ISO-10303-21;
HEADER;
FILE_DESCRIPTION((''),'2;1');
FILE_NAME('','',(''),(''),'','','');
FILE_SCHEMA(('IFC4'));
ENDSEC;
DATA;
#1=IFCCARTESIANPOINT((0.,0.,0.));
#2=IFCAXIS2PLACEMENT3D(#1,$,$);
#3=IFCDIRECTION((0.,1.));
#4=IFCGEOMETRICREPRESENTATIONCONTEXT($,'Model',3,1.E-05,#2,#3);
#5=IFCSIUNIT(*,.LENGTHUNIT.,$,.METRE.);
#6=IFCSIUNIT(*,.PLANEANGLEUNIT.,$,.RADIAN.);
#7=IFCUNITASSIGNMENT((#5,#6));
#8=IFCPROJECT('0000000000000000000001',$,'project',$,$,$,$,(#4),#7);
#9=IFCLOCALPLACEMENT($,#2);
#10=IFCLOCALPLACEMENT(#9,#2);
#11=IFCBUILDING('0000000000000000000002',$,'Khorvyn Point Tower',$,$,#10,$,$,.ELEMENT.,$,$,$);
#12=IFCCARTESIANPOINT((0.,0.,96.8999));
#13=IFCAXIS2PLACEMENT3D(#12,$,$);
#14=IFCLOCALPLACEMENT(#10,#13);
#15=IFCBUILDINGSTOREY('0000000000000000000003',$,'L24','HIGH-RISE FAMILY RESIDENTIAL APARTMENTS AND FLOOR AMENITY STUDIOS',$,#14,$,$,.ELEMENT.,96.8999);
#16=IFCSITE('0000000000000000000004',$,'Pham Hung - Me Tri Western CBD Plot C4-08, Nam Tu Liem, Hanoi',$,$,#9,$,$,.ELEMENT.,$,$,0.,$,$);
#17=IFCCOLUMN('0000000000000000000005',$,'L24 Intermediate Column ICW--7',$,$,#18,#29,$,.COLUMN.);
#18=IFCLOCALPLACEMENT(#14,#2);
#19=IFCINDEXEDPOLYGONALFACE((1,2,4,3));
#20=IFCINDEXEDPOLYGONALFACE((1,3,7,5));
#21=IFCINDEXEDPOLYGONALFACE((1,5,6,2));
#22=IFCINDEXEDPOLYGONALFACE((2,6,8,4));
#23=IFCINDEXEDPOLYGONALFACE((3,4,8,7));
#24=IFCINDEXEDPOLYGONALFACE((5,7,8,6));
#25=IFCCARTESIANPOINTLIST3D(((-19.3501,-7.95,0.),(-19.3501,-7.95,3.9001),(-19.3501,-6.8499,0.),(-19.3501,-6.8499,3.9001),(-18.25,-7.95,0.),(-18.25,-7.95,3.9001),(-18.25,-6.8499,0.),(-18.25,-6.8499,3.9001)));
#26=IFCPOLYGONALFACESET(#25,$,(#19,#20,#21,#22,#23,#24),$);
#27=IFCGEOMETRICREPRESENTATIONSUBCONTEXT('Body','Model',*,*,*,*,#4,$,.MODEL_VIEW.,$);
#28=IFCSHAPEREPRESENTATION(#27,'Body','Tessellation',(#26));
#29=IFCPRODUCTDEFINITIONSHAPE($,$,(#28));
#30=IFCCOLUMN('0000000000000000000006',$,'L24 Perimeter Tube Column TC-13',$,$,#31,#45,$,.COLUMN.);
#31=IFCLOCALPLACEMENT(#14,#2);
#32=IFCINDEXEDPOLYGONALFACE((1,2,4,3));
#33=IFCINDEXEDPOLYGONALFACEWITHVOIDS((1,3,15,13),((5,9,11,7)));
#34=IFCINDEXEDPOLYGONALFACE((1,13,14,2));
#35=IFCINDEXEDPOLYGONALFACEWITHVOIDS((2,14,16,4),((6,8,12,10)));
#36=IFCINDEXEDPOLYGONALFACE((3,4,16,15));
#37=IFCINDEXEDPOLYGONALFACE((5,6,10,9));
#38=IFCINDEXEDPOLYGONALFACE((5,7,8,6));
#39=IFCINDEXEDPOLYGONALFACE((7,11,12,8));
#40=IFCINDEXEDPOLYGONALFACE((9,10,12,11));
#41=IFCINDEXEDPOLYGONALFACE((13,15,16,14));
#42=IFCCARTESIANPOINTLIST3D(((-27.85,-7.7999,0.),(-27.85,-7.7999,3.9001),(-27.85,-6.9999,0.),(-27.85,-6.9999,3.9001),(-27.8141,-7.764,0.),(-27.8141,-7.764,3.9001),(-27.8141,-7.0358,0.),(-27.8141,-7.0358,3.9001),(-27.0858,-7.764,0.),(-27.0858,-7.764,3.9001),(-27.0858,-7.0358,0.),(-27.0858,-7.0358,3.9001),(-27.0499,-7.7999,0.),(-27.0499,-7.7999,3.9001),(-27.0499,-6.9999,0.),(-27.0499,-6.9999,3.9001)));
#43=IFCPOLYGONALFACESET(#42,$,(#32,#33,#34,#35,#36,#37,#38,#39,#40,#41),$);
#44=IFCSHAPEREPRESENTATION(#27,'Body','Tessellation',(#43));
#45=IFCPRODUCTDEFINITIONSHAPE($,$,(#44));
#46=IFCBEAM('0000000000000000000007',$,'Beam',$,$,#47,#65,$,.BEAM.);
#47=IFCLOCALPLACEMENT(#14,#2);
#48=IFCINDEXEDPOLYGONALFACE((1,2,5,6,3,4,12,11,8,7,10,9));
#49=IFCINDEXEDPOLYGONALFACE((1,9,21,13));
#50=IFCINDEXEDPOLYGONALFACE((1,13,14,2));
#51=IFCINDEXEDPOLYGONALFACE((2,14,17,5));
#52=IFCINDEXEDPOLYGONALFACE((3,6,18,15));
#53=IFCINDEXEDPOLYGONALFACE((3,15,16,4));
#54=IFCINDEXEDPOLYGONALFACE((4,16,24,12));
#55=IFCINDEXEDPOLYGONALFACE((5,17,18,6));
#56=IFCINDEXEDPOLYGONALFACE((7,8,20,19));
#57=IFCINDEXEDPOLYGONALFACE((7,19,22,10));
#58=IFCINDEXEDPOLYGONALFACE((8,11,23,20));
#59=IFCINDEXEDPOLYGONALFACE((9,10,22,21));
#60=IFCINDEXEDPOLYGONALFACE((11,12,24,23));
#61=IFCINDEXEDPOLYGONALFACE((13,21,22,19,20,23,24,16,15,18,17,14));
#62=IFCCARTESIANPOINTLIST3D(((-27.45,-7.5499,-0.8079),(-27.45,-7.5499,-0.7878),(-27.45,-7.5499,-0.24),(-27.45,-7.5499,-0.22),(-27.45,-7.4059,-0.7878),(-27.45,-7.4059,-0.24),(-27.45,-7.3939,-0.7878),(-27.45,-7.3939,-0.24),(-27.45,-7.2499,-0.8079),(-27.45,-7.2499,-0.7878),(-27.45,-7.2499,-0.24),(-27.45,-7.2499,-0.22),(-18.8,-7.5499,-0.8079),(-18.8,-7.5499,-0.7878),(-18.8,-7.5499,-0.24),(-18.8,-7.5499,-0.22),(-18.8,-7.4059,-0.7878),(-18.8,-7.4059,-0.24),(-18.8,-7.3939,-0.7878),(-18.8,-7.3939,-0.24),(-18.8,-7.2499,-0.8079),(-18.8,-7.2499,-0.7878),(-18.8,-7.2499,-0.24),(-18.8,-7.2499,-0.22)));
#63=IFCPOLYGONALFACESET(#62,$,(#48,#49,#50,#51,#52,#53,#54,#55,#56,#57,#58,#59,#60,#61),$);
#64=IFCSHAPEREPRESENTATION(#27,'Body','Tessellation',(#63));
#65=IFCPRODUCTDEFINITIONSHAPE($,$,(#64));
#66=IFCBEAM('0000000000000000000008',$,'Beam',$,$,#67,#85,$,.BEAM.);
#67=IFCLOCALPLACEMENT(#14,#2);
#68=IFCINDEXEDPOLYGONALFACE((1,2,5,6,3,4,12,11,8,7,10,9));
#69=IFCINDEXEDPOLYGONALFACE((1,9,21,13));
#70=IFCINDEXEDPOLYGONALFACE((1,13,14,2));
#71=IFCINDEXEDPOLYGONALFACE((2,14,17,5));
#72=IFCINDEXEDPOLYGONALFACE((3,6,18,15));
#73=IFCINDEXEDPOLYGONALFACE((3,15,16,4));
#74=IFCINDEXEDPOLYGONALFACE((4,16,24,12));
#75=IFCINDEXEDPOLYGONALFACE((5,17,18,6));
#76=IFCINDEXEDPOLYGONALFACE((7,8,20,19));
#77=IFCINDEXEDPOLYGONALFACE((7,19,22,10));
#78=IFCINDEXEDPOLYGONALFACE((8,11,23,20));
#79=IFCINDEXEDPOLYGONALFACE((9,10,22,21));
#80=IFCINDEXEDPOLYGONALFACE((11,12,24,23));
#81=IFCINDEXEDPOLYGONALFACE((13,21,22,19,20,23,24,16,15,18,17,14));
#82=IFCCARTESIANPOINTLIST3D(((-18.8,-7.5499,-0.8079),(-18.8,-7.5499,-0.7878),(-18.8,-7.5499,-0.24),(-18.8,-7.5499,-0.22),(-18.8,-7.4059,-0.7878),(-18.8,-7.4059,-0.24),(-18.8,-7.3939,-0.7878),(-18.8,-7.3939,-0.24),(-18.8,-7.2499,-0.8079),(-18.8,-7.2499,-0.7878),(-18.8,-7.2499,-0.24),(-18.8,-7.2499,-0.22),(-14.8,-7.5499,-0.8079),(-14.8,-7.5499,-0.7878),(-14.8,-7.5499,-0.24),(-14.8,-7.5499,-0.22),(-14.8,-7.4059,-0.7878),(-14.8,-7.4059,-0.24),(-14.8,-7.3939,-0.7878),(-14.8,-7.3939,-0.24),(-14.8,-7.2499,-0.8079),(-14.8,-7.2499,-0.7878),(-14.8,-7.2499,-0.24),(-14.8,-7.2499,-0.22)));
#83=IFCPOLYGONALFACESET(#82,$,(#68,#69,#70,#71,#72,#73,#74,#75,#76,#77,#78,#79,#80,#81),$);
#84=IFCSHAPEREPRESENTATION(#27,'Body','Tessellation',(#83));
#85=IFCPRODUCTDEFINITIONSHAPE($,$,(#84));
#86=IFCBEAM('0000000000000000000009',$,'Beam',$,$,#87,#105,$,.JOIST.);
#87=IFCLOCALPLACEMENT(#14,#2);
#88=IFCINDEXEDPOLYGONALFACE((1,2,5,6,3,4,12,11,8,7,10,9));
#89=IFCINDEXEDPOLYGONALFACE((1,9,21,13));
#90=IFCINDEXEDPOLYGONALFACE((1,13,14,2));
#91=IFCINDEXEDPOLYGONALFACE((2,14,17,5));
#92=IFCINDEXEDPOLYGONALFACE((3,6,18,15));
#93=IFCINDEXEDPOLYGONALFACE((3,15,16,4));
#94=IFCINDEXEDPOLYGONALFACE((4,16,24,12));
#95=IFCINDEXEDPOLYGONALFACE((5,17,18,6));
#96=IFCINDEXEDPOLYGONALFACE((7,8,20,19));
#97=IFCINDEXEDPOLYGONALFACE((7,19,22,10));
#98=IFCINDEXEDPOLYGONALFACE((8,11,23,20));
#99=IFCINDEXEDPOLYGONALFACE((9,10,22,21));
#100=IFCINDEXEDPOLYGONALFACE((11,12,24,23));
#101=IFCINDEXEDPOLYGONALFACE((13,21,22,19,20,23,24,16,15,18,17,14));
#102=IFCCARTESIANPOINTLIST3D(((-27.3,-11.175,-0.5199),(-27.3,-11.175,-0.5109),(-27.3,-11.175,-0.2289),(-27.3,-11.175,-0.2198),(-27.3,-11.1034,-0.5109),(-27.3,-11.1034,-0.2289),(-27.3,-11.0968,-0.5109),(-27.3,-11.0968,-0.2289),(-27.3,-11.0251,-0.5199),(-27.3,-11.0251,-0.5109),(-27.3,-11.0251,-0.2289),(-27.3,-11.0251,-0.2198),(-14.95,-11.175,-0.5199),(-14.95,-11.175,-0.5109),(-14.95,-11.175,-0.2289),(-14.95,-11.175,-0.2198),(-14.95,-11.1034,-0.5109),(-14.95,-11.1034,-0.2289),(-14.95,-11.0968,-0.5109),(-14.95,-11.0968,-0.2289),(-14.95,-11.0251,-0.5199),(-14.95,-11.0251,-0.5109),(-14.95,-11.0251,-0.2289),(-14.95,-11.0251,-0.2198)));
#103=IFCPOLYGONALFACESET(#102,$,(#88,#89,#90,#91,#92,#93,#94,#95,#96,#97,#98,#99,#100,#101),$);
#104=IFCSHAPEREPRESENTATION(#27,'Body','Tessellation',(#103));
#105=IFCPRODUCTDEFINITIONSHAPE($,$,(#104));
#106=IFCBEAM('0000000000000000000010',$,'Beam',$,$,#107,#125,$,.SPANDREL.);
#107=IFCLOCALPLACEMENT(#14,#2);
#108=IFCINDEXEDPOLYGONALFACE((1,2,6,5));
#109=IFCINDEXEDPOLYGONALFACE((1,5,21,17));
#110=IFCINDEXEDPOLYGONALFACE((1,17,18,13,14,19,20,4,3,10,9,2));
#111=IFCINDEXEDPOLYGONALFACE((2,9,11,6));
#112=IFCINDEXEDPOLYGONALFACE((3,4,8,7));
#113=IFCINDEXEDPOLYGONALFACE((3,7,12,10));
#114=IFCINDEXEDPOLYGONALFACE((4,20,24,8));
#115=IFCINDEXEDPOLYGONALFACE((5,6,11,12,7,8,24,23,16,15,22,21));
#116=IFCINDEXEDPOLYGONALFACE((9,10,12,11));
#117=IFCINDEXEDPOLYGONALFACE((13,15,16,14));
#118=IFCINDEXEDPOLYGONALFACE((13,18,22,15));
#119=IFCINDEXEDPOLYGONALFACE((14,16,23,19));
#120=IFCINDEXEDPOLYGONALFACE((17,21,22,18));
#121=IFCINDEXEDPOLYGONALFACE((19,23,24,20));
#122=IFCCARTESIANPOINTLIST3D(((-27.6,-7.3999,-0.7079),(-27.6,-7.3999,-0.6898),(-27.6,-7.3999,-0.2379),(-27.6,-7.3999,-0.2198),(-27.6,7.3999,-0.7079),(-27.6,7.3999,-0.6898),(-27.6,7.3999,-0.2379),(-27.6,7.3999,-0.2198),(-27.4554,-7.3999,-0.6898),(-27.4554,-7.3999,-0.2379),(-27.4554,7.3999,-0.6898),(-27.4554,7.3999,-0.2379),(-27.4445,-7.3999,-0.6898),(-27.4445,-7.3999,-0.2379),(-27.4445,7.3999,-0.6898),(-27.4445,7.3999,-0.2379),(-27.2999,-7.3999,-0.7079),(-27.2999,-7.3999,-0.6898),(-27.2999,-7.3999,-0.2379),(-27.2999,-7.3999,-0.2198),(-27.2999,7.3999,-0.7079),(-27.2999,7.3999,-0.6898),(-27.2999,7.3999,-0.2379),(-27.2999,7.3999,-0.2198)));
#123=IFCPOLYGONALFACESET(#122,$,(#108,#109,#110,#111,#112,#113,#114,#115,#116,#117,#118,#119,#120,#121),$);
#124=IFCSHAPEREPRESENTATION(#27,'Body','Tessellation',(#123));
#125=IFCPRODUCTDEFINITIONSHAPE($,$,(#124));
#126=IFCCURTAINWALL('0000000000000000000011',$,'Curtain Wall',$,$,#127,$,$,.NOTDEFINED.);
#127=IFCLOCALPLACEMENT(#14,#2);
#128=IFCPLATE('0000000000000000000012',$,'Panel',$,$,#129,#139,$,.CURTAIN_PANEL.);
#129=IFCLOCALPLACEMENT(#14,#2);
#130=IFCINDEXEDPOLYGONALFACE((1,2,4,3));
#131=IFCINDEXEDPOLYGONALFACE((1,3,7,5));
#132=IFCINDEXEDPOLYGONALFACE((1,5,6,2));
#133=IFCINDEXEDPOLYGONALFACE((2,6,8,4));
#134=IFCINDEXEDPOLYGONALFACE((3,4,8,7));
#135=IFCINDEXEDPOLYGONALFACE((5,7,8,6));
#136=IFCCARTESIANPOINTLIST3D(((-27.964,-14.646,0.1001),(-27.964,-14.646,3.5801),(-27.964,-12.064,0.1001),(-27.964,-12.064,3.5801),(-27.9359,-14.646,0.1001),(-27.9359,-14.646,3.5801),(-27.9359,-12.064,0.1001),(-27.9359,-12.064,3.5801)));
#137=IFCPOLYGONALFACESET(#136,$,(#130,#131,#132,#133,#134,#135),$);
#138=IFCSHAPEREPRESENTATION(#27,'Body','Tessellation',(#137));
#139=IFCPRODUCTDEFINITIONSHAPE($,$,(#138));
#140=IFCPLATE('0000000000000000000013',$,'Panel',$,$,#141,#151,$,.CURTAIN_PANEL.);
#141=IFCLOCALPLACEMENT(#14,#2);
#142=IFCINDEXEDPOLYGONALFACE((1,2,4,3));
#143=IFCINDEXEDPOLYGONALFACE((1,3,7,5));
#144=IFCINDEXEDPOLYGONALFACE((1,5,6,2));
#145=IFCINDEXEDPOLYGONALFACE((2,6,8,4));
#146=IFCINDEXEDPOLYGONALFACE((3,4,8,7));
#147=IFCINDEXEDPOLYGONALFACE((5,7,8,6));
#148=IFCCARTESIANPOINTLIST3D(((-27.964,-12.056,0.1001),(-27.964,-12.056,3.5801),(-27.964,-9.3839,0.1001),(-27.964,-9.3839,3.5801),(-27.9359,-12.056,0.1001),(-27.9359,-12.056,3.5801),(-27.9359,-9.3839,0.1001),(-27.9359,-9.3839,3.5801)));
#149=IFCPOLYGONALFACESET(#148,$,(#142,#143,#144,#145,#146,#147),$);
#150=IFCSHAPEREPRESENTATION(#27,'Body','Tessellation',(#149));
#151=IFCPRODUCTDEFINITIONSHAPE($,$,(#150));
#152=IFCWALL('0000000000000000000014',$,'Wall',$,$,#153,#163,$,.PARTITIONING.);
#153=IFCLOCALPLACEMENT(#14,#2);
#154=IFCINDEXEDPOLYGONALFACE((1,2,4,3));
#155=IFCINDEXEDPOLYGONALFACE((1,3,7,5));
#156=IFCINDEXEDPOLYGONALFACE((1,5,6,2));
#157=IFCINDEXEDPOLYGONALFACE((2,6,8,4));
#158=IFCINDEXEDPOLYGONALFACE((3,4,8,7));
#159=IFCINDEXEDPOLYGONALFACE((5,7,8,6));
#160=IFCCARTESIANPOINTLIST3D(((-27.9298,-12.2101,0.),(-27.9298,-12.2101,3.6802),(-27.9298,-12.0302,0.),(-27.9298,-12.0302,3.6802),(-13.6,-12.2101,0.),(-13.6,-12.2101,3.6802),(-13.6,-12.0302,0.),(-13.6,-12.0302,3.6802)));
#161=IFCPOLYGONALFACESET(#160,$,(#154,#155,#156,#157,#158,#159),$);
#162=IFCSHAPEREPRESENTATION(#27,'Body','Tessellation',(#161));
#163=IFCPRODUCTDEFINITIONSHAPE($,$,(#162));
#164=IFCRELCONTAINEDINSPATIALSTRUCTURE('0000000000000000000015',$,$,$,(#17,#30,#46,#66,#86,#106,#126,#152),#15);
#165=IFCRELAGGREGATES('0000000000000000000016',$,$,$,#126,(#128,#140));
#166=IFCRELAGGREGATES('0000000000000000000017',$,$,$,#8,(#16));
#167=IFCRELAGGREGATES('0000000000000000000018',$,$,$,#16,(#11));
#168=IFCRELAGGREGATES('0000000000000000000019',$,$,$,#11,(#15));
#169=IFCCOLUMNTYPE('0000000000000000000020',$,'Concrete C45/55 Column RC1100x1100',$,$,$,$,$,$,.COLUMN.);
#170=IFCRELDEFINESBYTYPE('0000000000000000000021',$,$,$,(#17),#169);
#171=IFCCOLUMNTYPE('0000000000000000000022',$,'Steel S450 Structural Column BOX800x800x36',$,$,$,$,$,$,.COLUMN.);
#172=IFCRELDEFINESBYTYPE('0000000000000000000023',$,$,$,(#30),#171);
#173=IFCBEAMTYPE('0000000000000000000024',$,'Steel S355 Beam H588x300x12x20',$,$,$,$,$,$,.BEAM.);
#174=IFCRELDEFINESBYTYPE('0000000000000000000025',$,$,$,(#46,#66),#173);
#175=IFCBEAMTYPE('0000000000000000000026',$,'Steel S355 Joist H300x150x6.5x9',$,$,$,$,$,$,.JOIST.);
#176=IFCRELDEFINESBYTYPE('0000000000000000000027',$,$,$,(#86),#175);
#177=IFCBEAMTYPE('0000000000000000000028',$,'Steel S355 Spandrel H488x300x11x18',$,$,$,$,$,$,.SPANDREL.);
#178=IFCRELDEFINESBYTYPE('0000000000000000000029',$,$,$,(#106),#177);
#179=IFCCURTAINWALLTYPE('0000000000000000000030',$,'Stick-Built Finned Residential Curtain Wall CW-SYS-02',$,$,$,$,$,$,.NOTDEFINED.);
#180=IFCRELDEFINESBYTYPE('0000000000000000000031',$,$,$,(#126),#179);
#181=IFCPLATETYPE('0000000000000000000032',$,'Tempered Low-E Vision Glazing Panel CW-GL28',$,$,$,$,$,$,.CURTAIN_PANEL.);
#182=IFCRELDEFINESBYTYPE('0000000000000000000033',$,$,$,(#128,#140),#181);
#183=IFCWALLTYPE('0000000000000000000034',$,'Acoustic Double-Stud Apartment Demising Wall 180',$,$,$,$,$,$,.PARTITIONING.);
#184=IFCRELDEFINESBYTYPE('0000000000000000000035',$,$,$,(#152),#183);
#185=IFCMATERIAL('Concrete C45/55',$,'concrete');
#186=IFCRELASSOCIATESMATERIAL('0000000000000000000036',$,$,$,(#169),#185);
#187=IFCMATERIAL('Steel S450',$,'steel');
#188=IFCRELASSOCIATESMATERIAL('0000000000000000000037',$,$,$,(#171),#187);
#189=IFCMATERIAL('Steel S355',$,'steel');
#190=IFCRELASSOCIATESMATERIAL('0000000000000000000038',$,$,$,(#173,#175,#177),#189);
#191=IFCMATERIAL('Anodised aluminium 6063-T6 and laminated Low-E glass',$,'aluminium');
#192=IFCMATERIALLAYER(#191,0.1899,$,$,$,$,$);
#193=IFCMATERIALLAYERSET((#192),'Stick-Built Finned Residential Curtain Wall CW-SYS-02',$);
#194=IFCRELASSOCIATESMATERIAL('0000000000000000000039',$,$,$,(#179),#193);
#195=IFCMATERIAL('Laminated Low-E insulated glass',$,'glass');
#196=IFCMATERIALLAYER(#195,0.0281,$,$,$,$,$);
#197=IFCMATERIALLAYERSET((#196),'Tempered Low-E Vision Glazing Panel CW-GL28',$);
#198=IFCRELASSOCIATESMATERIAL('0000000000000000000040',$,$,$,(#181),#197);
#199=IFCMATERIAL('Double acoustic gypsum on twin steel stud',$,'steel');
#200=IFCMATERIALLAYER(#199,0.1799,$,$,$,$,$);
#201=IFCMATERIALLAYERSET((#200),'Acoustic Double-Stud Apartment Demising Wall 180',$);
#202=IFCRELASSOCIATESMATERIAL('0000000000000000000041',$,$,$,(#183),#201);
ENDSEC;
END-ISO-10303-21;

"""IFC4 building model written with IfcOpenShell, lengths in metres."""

from ifc_helpers import new_model, si_unit, direction, frame, frame_2d, origin, origin_2d, place, context, subcontext, project, spatial, rectangle, hollow_rectangle, i_section, extrude, material, layer, layer_set, material_profile, profile_set, type_object, element, aggregate, save


model = new_model("IFC4")

# Units and contexts
model_context = context("Model", 3, precision=1e-05, world=origin(), true_north=direction((0.0, 1.0)))
body_context = subcontext(model_context, "Body", "Model", "MODEL_VIEW")
ifc_project = project(units=[si_unit("LENGTHUNIT", "METRE"), si_unit("PLANEANGLEUNIT", "RADIAN")], contexts=[model_context])

# Site, building, storey
site_placement = place(None, origin())
site = spatial("IfcSite", under=ifc_project, at=site_placement, Name="Pham Hung - Me Tri Western CBD Plot C4-08, Nam Tu Liem, Hanoi", CompositionType="ELEMENT", RefElevation=0.0)
building_placement = place(site_placement, origin())
building = spatial("IfcBuilding", under=site, at=building_placement, Name="Khorvyn Point Tower", CompositionType="ELEMENT")
storey_placement = place(building_placement, frame((0.0, 0.0, 96.8999)))
storey = spatial("IfcBuildingStorey", under=building, at=storey_placement, Name="L24", Description="HIGH-RISE FAMILY RESIDENTIAL APARTMENTS AND FLOOR AMENITY STUDIOS", CompositionType="ELEMENT", Elevation=96.8999)

# Columns
ifc_material_1 = material(Name="Concrete C45/55", Category="concrete")
ifc_material_profile_1 = material_profile(ifc_material_1, rectangle(XDim=1.1001, YDim=1.1001, at=origin_2d()))
ifc_profile_set_1 = profile_set([ifc_material_profile_1], Name="Concrete C45/55 RC1100x1100")
column_type_1 = type_object("IfcColumnType", Name="Concrete C45/55 Column RC1100x1100", PredefinedType="COLUMN", material=ifc_profile_set_1)
column_1_placement = place(storey_placement, frame((-18.8, -7.3999, 0.0), z_axis=(0.0, 0.0, 1.0), x_axis=(1.0, 0.0, 0.0)))
element("IfcColumn", 1, at=column_1_placement, inside=storey, type_object=column_type_1, Name="L24 Intermediate Column ICW--7", PredefinedType="COLUMN", context=body_context, shape_type="SweptSolid", body=[
    extrude(rectangle(XDim=1.1001, YDim=1.1001, at=origin_2d()), origin(), (0.0, 0.0, 1.0), 3.9001),
])
ifc_material_2 = material(Name="Steel S450", Category="steel")
ifc_material_profile_2 = material_profile(ifc_material_2, hollow_rectangle(XDim=0.8, YDim=0.8, WallThickness=0.0359, at=origin_2d()))
ifc_profile_set_2 = profile_set([ifc_material_profile_2], Name="Steel S450 BOX800x800x36")
column_type_2 = type_object("IfcColumnType", Name="Steel S450 Structural Column BOX800x800x36", PredefinedType="COLUMN", material=ifc_profile_set_2)
column_2_placement = place(storey_placement, frame((-27.45, -7.3999, 0.0), z_axis=(0.0, 0.0, 1.0), x_axis=(1.0, 0.0, 0.0)))
element("IfcColumn", 2, at=column_2_placement, inside=storey, type_object=column_type_2, Name="L24 Perimeter Tube Column TC-13", PredefinedType="COLUMN", context=body_context, shape_type="SweptSolid", body=[
    extrude(hollow_rectangle(XDim=0.8, YDim=0.8, WallThickness=0.0359, at=origin_2d()), origin(), (0.0, 0.0, 1.0), 3.9001),
])

# Beams
ifc_material_3 = material(Name="Steel S355", Category="steel")
ifc_material_profile_3 = material_profile(ifc_material_3, i_section(OverallWidth=0.3, OverallDepth=0.5879, WebThickness=0.012, FlangeThickness=0.02, at=origin_2d()))
ifc_profile_set_3 = profile_set([ifc_material_profile_3], Name="Steel S355 H588x300x12x20")
beam_type_1 = type_object("IfcBeamType", Name="Steel S355 Beam H588x300x12x20", PredefinedType="BEAM", material=ifc_profile_set_3)
beam_1_placement = place(storey_placement, frame((-27.45, -7.3999, -0.5139), z_axis=(1.0, 0.0, 0.0), x_axis=(0.0, 1.0, 0.0)))
element("IfcBeam", 3, at=beam_1_placement, inside=storey, type_object=beam_type_1, Name="Beam", PredefinedType="BEAM", context=body_context, shape_type="SweptSolid", body=[
    extrude(i_section(OverallWidth=0.3, OverallDepth=0.5879, WebThickness=0.012, FlangeThickness=0.02, at=origin_2d()), origin(), (0.0, 0.0, 1.0), 8.6499),
])
beam_2_placement = place(storey_placement, frame((-18.8, -7.3999, -0.5139), z_axis=(1.0, 0.0, 0.0), x_axis=(0.0, 1.0, 0.0)))
element("IfcBeam", 4, at=beam_2_placement, inside=storey, type_object=beam_type_1, Name="Beam", PredefinedType="BEAM", context=body_context, shape_type="SweptSolid", body=[
    extrude(i_section(OverallWidth=0.3, OverallDepth=0.5879, WebThickness=0.012, FlangeThickness=0.02, at=origin_2d()), origin(), (0.0, 0.0, 1.0), 4.0),
])
ifc_material_profile_4 = material_profile(ifc_material_3, i_section(OverallWidth=0.1499, OverallDepth=0.3, WebThickness=0.0066, FlangeThickness=0.009, at=origin_2d()))
ifc_profile_set_4 = profile_set([ifc_material_profile_4], Name="Steel S355 H300x150x6.5x9")
beam_type_2 = type_object("IfcBeamType", Name="Steel S355 Joist H300x150x6.5x9", PredefinedType="JOIST", material=ifc_profile_set_4)
beam_3_placement = place(storey_placement, frame((-27.3, -11.1001, -0.3699), z_axis=(1.0, 0.0, 0.0), x_axis=(0.0, 1.0, 0.0)))
element("IfcBeam", 5, at=beam_3_placement, inside=storey, type_object=beam_type_2, Name="Beam", PredefinedType="JOIST", context=body_context, shape_type="SweptSolid", body=[
    extrude(i_section(OverallWidth=0.1499, OverallDepth=0.3, WebThickness=0.0066, FlangeThickness=0.009, at=origin_2d()), origin(), (0.0, 0.0, 1.0), 12.3501),
])
ifc_material_profile_5 = material_profile(ifc_material_3, i_section(OverallWidth=0.3, OverallDepth=0.488, WebThickness=0.011, FlangeThickness=0.0181, at=origin_2d()))
ifc_profile_set_5 = profile_set([ifc_material_profile_5], Name="Steel S355 H488x300x11x18")
beam_type_3 = type_object("IfcBeamType", Name="Steel S355 Spandrel H488x300x11x18", PredefinedType="SPANDREL", material=ifc_profile_set_5)
beam_4_placement = place(storey_placement, frame((-27.45, -7.3999, -0.4639), z_axis=(0.0, 1.0, 0.0), x_axis=(-1.0, 0.0, 0.0)))
element("IfcBeam", 6, at=beam_4_placement, inside=storey, type_object=beam_type_3, Name="Beam", PredefinedType="SPANDREL", context=body_context, shape_type="SweptSolid", body=[
    extrude(i_section(OverallWidth=0.3, OverallDepth=0.488, WebThickness=0.011, FlangeThickness=0.0181, at=origin_2d()), origin(), (0.0, 0.0, 1.0), 14.7998),
])

# Curtain wall, plates
ifc_material_4 = material(Name="Anodised aluminium 6063-T6 and laminated Low-E glass", Category="aluminium")
ifc_layer_1 = layer(ifc_material_4, 0.1899)
ifc_layer_set_1 = layer_set([ifc_layer_1], Name="Stick-Built Finned Residential Curtain Wall CW-SYS-02")
curtain_wall_type = type_object("IfcCurtainWallType", Name="Stick-Built Finned Residential Curtain Wall CW-SYS-02", PredefinedType="NOTDEFINED", material=ifc_layer_set_1)
curtain_wall_placement = place(storey_placement, origin())
curtain_wall = element("IfcCurtainWall", 7, at=curtain_wall_placement, inside=storey, type_object=curtain_wall_type, Name="Curtain Wall", PredefinedType="NOTDEFINED")
ifc_material_5 = material(Name="Laminated Low-E insulated glass", Category="glass")
ifc_layer_2 = layer(ifc_material_5, 0.0281)
ifc_layer_set_2 = layer_set([ifc_layer_2], Name="Tempered Low-E Vision Glazing Panel CW-GL28")
plate_type = type_object("IfcPlateType", Name="Tempered Low-E Vision Glazing Panel CW-GL28", PredefinedType="CURTAIN_PANEL", material=ifc_layer_set_2)
plate_1_placement = place(storey_placement, frame((-27.95, -13.355, 0.1001), z_axis=(0.0, 0.0, 1.0), x_axis=(0.0, 1.0, 0.0)))
plate_1 = element("IfcPlate", 8, at=plate_1_placement, type_object=plate_type, Name="Panel", PredefinedType="CURTAIN_PANEL", context=body_context, shape_type="SweptSolid", body=[
    extrude(rectangle(XDim=2.582, YDim=0.0281, at=origin_2d()), origin(), (0.0, 0.0, 1.0), 3.48),
])
plate_2_placement = place(storey_placement, frame((-27.95, -10.72, 0.1001), z_axis=(0.0, 0.0, 1.0), x_axis=(0.0, 1.0, 0.0)))
plate_2 = element("IfcPlate", 9, at=plate_2_placement, type_object=plate_type, Name="Panel", PredefinedType="CURTAIN_PANEL", context=body_context, shape_type="SweptSolid", body=[
    extrude(rectangle(XDim=2.6721, YDim=0.0281, at=origin_2d()), origin(), (0.0, 0.0, 1.0), 3.48),
])
aggregate(curtain_wall, [plate_1, plate_2])

# Wall
ifc_material_6 = material(Name="Double acoustic gypsum on twin steel stud", Category="steel")
ifc_layer_3 = layer(ifc_material_6, 0.1799)
ifc_layer_set_3 = layer_set([ifc_layer_3], Name="Acoustic Double-Stud Apartment Demising Wall 180")
wall_type_1 = type_object("IfcWallType", Name="Acoustic Double-Stud Apartment Demising Wall 180", PredefinedType="PARTITIONING", material=ifc_layer_set_3)
wall_1_placement = place(storey_placement, frame((-27.9299, -12.1201, 0.0), z_axis=(0.0, 0.0, 1.0), x_axis=(1.0, 0.0, 0.0)))
element("IfcWall", 10, at=wall_1_placement, inside=storey, type_object=wall_type_1, Name="Wall", PredefinedType="PARTITIONING", context=body_context, shape_type="SweptSolid", body=[
    extrude(rectangle(XDim=14.3298, YDim=0.1799, at=frame_2d((7.165, 0.0))), origin(), (0.0, 0.0, 1.0), 3.6802),
])

save(model, "model.ifc")
